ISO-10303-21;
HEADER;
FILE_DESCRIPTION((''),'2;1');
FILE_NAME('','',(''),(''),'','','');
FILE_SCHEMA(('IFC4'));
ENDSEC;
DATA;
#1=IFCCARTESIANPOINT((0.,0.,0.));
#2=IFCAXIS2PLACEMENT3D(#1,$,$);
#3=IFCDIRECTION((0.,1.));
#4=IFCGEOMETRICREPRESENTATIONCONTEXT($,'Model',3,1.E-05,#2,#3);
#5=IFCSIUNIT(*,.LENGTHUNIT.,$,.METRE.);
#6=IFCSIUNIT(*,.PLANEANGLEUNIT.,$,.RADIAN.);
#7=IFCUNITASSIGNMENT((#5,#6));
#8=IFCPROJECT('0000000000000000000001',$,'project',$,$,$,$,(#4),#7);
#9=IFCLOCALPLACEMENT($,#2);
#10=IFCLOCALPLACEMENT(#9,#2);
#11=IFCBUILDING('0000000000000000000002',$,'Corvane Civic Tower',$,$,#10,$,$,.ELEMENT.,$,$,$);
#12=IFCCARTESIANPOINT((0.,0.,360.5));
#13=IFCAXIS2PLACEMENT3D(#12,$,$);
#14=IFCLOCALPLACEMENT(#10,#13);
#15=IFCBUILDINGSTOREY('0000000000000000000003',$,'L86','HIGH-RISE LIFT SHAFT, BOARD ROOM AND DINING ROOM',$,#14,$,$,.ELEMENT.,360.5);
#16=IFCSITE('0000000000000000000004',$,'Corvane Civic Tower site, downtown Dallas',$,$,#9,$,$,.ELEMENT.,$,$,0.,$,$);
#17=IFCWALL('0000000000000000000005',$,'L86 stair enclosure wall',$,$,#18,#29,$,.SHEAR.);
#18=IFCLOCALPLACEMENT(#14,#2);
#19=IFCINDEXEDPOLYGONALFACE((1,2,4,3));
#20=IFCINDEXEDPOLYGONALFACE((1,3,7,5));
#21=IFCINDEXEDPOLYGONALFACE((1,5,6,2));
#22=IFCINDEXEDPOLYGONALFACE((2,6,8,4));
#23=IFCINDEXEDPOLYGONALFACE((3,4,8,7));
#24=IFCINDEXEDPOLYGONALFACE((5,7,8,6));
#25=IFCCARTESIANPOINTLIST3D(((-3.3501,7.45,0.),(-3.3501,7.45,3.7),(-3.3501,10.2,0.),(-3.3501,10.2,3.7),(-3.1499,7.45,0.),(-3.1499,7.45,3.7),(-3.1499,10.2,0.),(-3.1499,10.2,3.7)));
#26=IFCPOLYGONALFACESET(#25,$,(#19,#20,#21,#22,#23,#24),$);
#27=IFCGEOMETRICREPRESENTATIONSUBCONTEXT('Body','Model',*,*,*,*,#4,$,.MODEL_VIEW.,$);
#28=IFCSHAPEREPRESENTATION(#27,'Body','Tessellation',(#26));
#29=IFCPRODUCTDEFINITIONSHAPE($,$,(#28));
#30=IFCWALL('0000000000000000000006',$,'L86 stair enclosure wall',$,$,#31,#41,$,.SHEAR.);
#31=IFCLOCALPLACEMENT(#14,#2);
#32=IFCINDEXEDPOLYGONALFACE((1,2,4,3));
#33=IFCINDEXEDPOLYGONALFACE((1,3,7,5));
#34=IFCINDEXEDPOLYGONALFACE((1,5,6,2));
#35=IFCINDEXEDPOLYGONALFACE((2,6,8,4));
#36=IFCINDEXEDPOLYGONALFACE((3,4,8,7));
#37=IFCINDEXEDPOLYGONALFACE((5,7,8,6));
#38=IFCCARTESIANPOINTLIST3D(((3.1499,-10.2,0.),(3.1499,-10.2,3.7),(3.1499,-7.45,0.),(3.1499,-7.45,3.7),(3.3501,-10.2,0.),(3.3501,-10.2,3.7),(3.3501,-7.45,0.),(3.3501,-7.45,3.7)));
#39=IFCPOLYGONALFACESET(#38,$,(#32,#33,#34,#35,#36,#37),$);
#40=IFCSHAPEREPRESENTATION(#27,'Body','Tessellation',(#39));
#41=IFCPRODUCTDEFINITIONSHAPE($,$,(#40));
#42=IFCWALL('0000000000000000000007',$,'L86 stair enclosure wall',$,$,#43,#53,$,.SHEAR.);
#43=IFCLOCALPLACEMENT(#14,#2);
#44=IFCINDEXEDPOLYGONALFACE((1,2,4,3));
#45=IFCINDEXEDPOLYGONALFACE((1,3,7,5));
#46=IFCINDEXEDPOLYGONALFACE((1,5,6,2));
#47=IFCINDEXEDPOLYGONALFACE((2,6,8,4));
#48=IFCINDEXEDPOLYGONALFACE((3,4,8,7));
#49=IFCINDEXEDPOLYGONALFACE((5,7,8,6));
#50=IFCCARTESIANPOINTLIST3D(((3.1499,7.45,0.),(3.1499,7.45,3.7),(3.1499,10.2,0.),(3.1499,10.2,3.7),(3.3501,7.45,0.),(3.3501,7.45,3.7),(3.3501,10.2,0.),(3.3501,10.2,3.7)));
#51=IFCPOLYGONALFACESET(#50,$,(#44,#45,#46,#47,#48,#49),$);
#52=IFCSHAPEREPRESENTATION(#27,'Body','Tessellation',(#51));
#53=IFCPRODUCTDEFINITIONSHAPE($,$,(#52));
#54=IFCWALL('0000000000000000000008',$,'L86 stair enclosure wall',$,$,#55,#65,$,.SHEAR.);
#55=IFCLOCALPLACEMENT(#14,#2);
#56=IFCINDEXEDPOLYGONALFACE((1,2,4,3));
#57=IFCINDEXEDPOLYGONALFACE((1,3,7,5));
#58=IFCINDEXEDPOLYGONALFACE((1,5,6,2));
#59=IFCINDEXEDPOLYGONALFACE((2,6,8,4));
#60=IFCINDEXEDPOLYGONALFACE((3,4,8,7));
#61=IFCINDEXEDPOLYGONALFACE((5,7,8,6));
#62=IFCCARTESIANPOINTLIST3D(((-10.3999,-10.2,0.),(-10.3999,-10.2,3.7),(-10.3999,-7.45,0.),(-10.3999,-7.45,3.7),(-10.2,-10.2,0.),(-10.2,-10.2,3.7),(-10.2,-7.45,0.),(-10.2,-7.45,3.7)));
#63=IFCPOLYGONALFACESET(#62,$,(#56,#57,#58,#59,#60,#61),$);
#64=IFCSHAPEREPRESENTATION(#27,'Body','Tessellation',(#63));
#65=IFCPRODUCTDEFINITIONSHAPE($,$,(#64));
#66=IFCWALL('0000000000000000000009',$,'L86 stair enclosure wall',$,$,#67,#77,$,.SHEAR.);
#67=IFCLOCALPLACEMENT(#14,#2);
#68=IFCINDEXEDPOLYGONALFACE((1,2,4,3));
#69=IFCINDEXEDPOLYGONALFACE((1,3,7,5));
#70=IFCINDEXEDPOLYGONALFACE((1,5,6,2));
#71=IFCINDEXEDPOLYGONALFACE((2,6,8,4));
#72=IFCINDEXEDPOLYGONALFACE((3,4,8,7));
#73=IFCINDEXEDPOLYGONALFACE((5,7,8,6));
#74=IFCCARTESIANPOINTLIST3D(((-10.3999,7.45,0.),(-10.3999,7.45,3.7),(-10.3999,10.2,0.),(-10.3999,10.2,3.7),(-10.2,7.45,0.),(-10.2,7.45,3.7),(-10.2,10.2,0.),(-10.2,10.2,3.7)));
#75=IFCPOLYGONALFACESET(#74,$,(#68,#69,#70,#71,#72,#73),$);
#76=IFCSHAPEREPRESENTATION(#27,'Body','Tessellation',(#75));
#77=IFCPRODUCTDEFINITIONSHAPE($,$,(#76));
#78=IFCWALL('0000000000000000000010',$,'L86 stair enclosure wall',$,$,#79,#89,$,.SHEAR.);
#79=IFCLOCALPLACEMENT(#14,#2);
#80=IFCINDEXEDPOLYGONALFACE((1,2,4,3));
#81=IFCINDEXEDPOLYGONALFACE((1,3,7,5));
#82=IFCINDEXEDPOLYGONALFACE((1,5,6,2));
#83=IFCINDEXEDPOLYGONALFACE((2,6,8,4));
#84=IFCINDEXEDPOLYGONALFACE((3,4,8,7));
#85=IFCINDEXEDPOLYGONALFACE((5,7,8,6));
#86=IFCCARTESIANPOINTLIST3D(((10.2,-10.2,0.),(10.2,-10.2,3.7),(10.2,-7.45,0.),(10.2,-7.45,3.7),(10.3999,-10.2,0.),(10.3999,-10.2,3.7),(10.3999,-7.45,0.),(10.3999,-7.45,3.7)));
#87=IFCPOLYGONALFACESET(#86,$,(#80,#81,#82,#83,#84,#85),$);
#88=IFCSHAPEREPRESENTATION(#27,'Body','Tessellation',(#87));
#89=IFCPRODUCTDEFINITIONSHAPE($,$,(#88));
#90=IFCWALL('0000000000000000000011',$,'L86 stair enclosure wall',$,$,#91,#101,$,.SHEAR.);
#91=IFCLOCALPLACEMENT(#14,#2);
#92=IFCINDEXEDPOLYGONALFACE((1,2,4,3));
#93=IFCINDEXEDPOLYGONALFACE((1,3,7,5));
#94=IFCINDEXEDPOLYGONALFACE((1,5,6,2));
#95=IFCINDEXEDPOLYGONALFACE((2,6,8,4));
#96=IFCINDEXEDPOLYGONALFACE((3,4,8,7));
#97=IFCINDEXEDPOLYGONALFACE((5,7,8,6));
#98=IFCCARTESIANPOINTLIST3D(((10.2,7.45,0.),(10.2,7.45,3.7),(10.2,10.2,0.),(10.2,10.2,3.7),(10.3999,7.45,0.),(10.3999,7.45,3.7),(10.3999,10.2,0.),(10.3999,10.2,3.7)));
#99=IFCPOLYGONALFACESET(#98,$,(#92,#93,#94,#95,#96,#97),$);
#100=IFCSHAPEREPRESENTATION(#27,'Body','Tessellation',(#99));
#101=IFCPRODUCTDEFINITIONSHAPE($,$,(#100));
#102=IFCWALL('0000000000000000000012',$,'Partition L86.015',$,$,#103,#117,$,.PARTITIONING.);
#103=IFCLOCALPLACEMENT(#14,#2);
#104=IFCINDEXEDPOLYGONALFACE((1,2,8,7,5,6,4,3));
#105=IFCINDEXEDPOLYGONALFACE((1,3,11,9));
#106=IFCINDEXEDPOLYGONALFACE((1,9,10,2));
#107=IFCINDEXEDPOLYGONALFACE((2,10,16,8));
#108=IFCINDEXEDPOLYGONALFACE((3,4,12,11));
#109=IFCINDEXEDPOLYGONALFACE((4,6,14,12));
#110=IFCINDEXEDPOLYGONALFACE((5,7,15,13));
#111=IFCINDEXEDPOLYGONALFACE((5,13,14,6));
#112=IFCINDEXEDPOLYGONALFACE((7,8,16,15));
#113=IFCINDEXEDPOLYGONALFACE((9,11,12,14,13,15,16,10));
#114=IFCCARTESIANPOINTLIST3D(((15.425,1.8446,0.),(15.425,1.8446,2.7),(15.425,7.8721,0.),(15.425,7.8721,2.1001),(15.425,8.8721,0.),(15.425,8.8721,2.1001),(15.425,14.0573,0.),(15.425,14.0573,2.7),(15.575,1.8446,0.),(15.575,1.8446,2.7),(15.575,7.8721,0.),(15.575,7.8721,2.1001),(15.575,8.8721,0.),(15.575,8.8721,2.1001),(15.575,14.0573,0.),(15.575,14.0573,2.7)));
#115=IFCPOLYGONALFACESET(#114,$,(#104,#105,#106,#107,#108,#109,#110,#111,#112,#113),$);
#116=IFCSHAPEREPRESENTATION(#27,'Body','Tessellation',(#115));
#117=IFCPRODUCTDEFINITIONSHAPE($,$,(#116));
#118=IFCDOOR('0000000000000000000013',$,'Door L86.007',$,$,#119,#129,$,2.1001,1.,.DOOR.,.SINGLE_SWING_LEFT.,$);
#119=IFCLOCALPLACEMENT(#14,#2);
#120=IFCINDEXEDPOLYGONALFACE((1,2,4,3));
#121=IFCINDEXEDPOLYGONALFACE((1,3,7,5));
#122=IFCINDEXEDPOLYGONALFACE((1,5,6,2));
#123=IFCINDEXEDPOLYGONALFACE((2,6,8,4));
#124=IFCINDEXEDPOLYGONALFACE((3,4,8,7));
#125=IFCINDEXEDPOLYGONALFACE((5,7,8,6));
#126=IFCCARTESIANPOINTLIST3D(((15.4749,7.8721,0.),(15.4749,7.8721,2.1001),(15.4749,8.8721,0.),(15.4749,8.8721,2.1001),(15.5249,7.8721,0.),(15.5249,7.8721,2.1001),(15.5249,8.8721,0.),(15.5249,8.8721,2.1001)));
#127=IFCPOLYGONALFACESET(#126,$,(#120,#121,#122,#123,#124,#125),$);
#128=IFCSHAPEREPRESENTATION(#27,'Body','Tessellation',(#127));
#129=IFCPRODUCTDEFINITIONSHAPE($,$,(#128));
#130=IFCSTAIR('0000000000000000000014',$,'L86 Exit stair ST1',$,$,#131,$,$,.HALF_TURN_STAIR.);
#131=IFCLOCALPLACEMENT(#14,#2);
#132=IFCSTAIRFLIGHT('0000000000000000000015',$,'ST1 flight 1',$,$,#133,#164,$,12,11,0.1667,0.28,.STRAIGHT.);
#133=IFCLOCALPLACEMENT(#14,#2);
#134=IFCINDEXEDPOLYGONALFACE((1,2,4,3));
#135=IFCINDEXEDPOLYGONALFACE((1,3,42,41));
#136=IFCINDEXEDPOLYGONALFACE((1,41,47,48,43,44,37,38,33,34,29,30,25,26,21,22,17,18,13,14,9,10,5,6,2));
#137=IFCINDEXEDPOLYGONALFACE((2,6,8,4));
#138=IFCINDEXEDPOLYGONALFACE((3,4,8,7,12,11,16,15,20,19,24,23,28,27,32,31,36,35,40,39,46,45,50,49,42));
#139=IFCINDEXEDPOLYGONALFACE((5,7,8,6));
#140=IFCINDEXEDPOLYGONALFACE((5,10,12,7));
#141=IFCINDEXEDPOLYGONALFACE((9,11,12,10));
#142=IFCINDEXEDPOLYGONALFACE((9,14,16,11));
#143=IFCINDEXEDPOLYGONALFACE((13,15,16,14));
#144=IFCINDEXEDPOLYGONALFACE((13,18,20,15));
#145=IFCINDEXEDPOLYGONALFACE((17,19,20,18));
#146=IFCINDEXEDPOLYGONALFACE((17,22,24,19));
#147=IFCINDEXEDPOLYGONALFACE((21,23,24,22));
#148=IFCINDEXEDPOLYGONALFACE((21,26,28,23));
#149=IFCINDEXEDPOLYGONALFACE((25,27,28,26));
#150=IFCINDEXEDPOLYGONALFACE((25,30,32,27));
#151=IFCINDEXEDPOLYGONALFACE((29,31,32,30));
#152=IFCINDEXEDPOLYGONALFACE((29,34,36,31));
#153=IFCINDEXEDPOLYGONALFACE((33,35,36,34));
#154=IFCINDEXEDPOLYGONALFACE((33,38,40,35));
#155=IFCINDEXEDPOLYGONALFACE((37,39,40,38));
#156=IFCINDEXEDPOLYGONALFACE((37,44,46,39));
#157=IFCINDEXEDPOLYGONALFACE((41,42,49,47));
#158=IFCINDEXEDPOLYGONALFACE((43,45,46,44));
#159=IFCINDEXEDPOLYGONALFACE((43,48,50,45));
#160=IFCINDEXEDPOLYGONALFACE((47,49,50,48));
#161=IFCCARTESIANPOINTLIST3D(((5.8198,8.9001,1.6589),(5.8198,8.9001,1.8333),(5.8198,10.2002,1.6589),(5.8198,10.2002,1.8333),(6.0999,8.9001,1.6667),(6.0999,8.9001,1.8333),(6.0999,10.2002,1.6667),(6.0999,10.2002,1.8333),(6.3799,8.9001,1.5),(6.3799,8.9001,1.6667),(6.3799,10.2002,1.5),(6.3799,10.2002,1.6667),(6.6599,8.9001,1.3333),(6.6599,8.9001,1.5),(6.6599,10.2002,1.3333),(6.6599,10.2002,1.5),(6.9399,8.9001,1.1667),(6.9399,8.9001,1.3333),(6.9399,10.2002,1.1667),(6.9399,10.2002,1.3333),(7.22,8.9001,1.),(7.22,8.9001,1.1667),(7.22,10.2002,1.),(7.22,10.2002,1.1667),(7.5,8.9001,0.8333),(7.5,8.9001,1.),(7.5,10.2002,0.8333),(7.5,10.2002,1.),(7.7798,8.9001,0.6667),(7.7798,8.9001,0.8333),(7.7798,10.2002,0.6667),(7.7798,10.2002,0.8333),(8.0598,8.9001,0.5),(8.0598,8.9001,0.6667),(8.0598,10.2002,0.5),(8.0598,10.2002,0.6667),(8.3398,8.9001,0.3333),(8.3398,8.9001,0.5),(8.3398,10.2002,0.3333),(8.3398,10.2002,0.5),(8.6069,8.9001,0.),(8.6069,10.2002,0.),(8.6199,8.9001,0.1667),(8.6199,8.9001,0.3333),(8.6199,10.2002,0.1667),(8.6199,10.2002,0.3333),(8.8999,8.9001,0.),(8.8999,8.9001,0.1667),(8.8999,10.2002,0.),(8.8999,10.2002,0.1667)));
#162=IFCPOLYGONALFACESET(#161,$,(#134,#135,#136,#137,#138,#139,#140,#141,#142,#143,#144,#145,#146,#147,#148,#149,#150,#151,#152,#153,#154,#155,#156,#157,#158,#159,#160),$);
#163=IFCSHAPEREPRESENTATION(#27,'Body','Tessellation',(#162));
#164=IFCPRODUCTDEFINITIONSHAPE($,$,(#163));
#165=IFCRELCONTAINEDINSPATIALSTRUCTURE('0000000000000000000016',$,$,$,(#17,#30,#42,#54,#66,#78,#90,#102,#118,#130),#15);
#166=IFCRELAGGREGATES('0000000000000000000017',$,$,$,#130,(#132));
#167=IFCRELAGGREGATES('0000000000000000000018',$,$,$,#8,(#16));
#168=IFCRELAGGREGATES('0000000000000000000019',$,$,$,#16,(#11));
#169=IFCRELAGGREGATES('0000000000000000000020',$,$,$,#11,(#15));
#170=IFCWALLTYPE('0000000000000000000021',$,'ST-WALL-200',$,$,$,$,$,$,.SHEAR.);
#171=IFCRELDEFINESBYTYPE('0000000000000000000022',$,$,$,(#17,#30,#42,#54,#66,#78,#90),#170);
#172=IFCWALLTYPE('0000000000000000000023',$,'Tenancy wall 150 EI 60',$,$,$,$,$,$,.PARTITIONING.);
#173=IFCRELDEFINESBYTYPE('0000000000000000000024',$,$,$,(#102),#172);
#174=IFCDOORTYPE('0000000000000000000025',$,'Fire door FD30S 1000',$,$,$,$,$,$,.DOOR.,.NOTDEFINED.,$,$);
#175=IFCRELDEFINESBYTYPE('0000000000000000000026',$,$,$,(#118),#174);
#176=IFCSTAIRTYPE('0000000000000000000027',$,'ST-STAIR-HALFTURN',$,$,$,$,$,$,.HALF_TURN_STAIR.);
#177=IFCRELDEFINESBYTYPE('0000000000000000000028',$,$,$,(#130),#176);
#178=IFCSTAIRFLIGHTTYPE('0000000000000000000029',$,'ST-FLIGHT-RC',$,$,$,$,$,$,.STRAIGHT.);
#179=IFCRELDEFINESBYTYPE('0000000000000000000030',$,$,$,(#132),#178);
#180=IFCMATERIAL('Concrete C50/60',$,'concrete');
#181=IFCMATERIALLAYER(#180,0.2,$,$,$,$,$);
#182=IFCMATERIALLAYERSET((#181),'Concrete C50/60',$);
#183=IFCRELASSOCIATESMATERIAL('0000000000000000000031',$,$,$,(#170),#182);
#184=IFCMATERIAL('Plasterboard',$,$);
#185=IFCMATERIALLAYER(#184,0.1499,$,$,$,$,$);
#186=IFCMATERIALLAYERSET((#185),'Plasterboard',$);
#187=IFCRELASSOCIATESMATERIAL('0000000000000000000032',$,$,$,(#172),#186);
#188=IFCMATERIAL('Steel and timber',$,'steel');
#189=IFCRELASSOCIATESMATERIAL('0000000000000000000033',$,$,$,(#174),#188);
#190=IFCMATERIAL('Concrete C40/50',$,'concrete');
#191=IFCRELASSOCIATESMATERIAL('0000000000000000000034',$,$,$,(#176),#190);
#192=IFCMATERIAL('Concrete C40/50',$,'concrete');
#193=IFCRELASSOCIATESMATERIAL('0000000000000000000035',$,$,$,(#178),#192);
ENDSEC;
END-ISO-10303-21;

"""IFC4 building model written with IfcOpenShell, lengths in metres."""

from ifc_helpers import new_model, si_unit, direction, frame, frame_2d, origin, place, context, subcontext, project, spatial, polyline, rectangle, outline, extrude, material, layer, layer_set, type_object, element, fill, aggregate, save


model = new_model("IFC4")

# Units and contexts
model_context = context("Model", 3, precision=1e-05, world=origin(), true_north=direction((0.0, 1.0)))
body_context = subcontext(model_context, "Body", "Model", "MODEL_VIEW")
ifc_project = project(units=[si_unit("LENGTHUNIT", "METRE"), si_unit("PLANEANGLEUNIT", "RADIAN")], contexts=[model_context])

# Site, building, storey
site_placement = place(None, origin())
site = spatial("IfcSite", under=ifc_project, at=site_placement, Name="Corvane Civic Tower site, downtown Dallas", CompositionType="ELEMENT", RefElevation=0.0)
building_placement = place(site_placement, origin())
building = spatial("IfcBuilding", under=site, at=building_placement, Name="Corvane Civic Tower", CompositionType="ELEMENT")
storey_placement = place(building_placement, frame((0.0, 0.0, 360.5)))
storey = spatial("IfcBuildingStorey", under=building, at=storey_placement, Name="L86", Description="HIGH-RISE LIFT SHAFT, BOARD ROOM AND DINING ROOM", CompositionType="ELEMENT", Elevation=360.5)

# Shared definitions
ifc_material_1 = material(Name="Concrete C50/60", Category="concrete")
ifc_layer_1 = layer(ifc_material_1, 0.2)
ifc_layer_set_1 = layer_set([ifc_layer_1], Name="Concrete C50/60")
wall_type_1 = type_object("IfcWallType", Name="ST-WALL-200", PredefinedType="SHEAR", material=ifc_layer_set_1)

# Walls
wall_1_placement = place(storey_placement, origin())
element("IfcWall", 1, at=wall_1_placement, inside=storey, type_object=wall_type_1, Name="L86 stair enclosure wall", PredefinedType="SHEAR", context=body_context, shape_type="SweptSolid", body=[
    extrude(outline(polyline([(-3.1499, 7.45), (-3.3501, 7.45), (-3.3501, 10.2), (-3.1499, 10.2), (-3.1499, 7.45)])), origin(), (0.0, 0.0, 1.0), 3.7),
])
wall_2_placement = place(storey_placement, origin())
element("IfcWall", 2, at=wall_2_placement, inside=storey, type_object=wall_type_1, Name="L86 stair enclosure wall", PredefinedType="SHEAR", context=body_context, shape_type="SweptSolid", body=[
    extrude(outline(polyline([(3.3501, -7.45), (3.3501, -10.2), (3.1499, -10.2), (3.1499, -7.45), (3.3501, -7.45)])), origin(), (0.0, 0.0, 1.0), 3.7),
])
wall_3_placement = place(storey_placement, origin())
element("IfcWall", 3, at=wall_3_placement, inside=storey, type_object=wall_type_1, Name="L86 stair enclosure wall", PredefinedType="SHEAR", context=body_context, shape_type="SweptSolid", body=[
    extrude(outline(polyline([(3.3501, 7.45), (3.1499, 7.45), (3.1499, 10.2), (3.3501, 10.2), (3.3501, 7.45)])), origin(), (0.0, 0.0, 1.0), 3.7),
])
wall_4_placement = place(storey_placement, origin())
element("IfcWall", 4, at=wall_4_placement, inside=storey, type_object=wall_type_1, Name="L86 stair enclosure wall", PredefinedType="SHEAR", context=body_context, shape_type="SweptSolid", body=[
    extrude(outline(polyline([(-10.2, -7.45), (-10.2, -10.2), (-10.3999, -10.2), (-10.3999, -7.45), (-10.2, -7.45)])), origin(), (0.0, 0.0, 1.0), 3.7),
])
wall_5_placement = place(storey_placement, origin())
element("IfcWall", 5, at=wall_5_placement, inside=storey, type_object=wall_type_1, Name="L86 stair enclosure wall", PredefinedType="SHEAR", context=body_context, shape_type="SweptSolid", body=[
    extrude(outline(polyline([(-10.2, 7.45), (-10.3999, 7.45), (-10.3999, 10.2), (-10.2, 10.2), (-10.2, 7.45)])), origin(), (0.0, 0.0, 1.0), 3.7),
])
wall_6_placement = place(storey_placement, origin())
element("IfcWall", 6, at=wall_6_placement, inside=storey, type_object=wall_type_1, Name="L86 stair enclosure wall", PredefinedType="SHEAR", context=body_context, shape_type="SweptSolid", body=[
    extrude(outline(polyline([(10.3999, -7.45), (10.3999, -10.2), (10.2, -10.2), (10.2, -7.45), (10.3999, -7.45)])), origin(), (0.0, 0.0, 1.0), 3.7),
])
wall_7_placement = place(storey_placement, origin())
element("IfcWall", 7, at=wall_7_placement, inside=storey, type_object=wall_type_1, Name="L86 stair enclosure wall", PredefinedType="SHEAR", context=body_context, shape_type="SweptSolid", body=[
    extrude(outline(polyline([(10.3999, 7.45), (10.2, 7.45), (10.2, 10.2), (10.3999, 10.2), (10.3999, 7.45)])), origin(), (0.0, 0.0, 1.0), 3.7),
])

# Wall, opening, door
ifc_material_2 = material(Name="Plasterboard")
ifc_layer_2 = layer(ifc_material_2, 0.1499)
ifc_layer_set_2 = layer_set([ifc_layer_2], Name="Plasterboard")
wall_type_2 = type_object("IfcWallType", Name="Tenancy wall 150 EI 60", PredefinedType="PARTITIONING", material=ifc_layer_set_2)
wall_8_placement = place(storey_placement, frame((15.5, 1.8445, 0.0), z_axis=(0.0, 0.0, 1.0), x_axis=(0.0, 1.0, 0.0)))
wall_8 = element("IfcWall", 8, at=wall_8_placement, inside=storey, type_object=wall_type_2, Name="Partition L86.015", PredefinedType="PARTITIONING", context=body_context, shape_type="SweptSolid", body=[
    extrude(rectangle(XDim=12.2126, YDim=0.1499, at=frame_2d((6.1064, 0.0))), origin(), (0.0, 0.0, 1.0), 2.7),
])
opening_1_placement = place(wall_8_placement, frame((6.0276, 0.0, 0.0)))
opening_1 = element("IfcOpeningElement", 9, at=opening_1_placement, cuts=wall_8, PredefinedType="OPENING", context=body_context, shape_type="SweptSolid", body=[
    extrude(rectangle(XDim=1.0, YDim=2.1001, at=frame_2d((0.5, 1.05))), frame((0.0, 0.085, 0.0), z_axis=(0.0, -1.0, 0.0), x_axis=(1.0, 0.0, 0.0)), (0.0, 0.0, 1.0), 0.1699),
])
ifc_material_3 = material(Name="Steel and timber", Category="steel")
door_type_1 = type_object("IfcDoorType", Name="Fire door FD30S 1000", OperationType="NOTDEFINED", PredefinedType="DOOR", material=ifc_material_3)
door_1_placement = place(opening_1_placement, frame((1.0, 0.0, 0.0), z_axis=(0.0, 0.0, 1.0), x_axis=(-1.0, 0.0, 0.0)))
door_1 = element("IfcDoor", 10, at=door_1_placement, inside=storey, type_object=door_type_1, Name="Door L86.007", OperationType="SINGLE_SWING_LEFT", OverallHeight=2.1001, OverallWidth=1.0, PredefinedType="DOOR", context=body_context, shape_type="SweptSolid", body=[
    extrude(rectangle(XDim=1.0, YDim=2.1001, at=frame_2d((0.5, 1.05))), frame((0.0, 0.0249, 0.0), z_axis=(0.0, -1.0, 0.0), x_axis=(1.0, 0.0, 0.0)), (0.0, 0.0, 1.0), 0.05),
])
fill(opening_1, door_1)

# Stair, stair flight
ifc_material_4 = material(Name="Concrete C40/50", Category="concrete")
stair_type = type_object("IfcStairType", Name="ST-STAIR-HALFTURN", PredefinedType="HALF_TURN_STAIR", material=ifc_material_4)
stair_placement = place(storey_placement, origin())
stair = element("IfcStair", 11, at=stair_placement, inside=storey, type_object=stair_type, Name="L86 Exit stair ST1", PredefinedType="HALF_TURN_STAIR")
ifc_material_5 = material(Name="Concrete C40/50", Category="concrete")
stair_flight_type = type_object("IfcStairFlightType", Name="ST-FLIGHT-RC", PredefinedType="STRAIGHT", material=ifc_material_5)
stair_flight_1_placement = place(storey_placement, frame((8.8999, 9.55, 0.0), z_axis=(0.0, 0.0, 1.0), x_axis=(-1.0, 0.0, 0.0)))
stair_flight_1 = element("IfcStairFlight", 12, at=stair_flight_1_placement, type_object=stair_flight_type, Name="ST1 flight 1", NumberOfRisers=12, NumberOfTreads=11, PredefinedType="STRAIGHT", RiserHeight=0.1667, TreadLength=0.28, context=body_context, shape_type="SweptSolid", body=[
    extrude(outline(polyline([(0.0, 0.0), (0.0, 0.1667), (0.28, 0.1667), (0.28, 0.3333), (0.5601, 0.3333), (0.5601, 0.5), (0.8401, 0.5), (0.8401, 0.6667), (1.1201, 0.6667), (1.1201, 0.8333), (1.3999, 0.8333), (1.3999, 1.0), (1.6799, 1.0), (1.6799, 1.1667), (1.96, 1.1667), (1.96, 1.3333), (2.24, 1.3333), (2.24, 1.5), (2.52, 1.5), (2.52, 1.6667), (2.8, 1.6667), (2.8, 1.8333), (3.0801, 1.8333), (3.0801, 2.0), (3.0801, 1.6589), (0.293, 0.0), (0.0, 0.0)])), frame((0.0, 0.6499, 0.0), z_axis=(0.0, -1.0, 0.0), x_axis=(1.0, 0.0, 0.0)), (0.0, 0.0, 1.0), 1.3),
])
aggregate(stair, [stair_flight_1])

save(model, "model.ifc")
